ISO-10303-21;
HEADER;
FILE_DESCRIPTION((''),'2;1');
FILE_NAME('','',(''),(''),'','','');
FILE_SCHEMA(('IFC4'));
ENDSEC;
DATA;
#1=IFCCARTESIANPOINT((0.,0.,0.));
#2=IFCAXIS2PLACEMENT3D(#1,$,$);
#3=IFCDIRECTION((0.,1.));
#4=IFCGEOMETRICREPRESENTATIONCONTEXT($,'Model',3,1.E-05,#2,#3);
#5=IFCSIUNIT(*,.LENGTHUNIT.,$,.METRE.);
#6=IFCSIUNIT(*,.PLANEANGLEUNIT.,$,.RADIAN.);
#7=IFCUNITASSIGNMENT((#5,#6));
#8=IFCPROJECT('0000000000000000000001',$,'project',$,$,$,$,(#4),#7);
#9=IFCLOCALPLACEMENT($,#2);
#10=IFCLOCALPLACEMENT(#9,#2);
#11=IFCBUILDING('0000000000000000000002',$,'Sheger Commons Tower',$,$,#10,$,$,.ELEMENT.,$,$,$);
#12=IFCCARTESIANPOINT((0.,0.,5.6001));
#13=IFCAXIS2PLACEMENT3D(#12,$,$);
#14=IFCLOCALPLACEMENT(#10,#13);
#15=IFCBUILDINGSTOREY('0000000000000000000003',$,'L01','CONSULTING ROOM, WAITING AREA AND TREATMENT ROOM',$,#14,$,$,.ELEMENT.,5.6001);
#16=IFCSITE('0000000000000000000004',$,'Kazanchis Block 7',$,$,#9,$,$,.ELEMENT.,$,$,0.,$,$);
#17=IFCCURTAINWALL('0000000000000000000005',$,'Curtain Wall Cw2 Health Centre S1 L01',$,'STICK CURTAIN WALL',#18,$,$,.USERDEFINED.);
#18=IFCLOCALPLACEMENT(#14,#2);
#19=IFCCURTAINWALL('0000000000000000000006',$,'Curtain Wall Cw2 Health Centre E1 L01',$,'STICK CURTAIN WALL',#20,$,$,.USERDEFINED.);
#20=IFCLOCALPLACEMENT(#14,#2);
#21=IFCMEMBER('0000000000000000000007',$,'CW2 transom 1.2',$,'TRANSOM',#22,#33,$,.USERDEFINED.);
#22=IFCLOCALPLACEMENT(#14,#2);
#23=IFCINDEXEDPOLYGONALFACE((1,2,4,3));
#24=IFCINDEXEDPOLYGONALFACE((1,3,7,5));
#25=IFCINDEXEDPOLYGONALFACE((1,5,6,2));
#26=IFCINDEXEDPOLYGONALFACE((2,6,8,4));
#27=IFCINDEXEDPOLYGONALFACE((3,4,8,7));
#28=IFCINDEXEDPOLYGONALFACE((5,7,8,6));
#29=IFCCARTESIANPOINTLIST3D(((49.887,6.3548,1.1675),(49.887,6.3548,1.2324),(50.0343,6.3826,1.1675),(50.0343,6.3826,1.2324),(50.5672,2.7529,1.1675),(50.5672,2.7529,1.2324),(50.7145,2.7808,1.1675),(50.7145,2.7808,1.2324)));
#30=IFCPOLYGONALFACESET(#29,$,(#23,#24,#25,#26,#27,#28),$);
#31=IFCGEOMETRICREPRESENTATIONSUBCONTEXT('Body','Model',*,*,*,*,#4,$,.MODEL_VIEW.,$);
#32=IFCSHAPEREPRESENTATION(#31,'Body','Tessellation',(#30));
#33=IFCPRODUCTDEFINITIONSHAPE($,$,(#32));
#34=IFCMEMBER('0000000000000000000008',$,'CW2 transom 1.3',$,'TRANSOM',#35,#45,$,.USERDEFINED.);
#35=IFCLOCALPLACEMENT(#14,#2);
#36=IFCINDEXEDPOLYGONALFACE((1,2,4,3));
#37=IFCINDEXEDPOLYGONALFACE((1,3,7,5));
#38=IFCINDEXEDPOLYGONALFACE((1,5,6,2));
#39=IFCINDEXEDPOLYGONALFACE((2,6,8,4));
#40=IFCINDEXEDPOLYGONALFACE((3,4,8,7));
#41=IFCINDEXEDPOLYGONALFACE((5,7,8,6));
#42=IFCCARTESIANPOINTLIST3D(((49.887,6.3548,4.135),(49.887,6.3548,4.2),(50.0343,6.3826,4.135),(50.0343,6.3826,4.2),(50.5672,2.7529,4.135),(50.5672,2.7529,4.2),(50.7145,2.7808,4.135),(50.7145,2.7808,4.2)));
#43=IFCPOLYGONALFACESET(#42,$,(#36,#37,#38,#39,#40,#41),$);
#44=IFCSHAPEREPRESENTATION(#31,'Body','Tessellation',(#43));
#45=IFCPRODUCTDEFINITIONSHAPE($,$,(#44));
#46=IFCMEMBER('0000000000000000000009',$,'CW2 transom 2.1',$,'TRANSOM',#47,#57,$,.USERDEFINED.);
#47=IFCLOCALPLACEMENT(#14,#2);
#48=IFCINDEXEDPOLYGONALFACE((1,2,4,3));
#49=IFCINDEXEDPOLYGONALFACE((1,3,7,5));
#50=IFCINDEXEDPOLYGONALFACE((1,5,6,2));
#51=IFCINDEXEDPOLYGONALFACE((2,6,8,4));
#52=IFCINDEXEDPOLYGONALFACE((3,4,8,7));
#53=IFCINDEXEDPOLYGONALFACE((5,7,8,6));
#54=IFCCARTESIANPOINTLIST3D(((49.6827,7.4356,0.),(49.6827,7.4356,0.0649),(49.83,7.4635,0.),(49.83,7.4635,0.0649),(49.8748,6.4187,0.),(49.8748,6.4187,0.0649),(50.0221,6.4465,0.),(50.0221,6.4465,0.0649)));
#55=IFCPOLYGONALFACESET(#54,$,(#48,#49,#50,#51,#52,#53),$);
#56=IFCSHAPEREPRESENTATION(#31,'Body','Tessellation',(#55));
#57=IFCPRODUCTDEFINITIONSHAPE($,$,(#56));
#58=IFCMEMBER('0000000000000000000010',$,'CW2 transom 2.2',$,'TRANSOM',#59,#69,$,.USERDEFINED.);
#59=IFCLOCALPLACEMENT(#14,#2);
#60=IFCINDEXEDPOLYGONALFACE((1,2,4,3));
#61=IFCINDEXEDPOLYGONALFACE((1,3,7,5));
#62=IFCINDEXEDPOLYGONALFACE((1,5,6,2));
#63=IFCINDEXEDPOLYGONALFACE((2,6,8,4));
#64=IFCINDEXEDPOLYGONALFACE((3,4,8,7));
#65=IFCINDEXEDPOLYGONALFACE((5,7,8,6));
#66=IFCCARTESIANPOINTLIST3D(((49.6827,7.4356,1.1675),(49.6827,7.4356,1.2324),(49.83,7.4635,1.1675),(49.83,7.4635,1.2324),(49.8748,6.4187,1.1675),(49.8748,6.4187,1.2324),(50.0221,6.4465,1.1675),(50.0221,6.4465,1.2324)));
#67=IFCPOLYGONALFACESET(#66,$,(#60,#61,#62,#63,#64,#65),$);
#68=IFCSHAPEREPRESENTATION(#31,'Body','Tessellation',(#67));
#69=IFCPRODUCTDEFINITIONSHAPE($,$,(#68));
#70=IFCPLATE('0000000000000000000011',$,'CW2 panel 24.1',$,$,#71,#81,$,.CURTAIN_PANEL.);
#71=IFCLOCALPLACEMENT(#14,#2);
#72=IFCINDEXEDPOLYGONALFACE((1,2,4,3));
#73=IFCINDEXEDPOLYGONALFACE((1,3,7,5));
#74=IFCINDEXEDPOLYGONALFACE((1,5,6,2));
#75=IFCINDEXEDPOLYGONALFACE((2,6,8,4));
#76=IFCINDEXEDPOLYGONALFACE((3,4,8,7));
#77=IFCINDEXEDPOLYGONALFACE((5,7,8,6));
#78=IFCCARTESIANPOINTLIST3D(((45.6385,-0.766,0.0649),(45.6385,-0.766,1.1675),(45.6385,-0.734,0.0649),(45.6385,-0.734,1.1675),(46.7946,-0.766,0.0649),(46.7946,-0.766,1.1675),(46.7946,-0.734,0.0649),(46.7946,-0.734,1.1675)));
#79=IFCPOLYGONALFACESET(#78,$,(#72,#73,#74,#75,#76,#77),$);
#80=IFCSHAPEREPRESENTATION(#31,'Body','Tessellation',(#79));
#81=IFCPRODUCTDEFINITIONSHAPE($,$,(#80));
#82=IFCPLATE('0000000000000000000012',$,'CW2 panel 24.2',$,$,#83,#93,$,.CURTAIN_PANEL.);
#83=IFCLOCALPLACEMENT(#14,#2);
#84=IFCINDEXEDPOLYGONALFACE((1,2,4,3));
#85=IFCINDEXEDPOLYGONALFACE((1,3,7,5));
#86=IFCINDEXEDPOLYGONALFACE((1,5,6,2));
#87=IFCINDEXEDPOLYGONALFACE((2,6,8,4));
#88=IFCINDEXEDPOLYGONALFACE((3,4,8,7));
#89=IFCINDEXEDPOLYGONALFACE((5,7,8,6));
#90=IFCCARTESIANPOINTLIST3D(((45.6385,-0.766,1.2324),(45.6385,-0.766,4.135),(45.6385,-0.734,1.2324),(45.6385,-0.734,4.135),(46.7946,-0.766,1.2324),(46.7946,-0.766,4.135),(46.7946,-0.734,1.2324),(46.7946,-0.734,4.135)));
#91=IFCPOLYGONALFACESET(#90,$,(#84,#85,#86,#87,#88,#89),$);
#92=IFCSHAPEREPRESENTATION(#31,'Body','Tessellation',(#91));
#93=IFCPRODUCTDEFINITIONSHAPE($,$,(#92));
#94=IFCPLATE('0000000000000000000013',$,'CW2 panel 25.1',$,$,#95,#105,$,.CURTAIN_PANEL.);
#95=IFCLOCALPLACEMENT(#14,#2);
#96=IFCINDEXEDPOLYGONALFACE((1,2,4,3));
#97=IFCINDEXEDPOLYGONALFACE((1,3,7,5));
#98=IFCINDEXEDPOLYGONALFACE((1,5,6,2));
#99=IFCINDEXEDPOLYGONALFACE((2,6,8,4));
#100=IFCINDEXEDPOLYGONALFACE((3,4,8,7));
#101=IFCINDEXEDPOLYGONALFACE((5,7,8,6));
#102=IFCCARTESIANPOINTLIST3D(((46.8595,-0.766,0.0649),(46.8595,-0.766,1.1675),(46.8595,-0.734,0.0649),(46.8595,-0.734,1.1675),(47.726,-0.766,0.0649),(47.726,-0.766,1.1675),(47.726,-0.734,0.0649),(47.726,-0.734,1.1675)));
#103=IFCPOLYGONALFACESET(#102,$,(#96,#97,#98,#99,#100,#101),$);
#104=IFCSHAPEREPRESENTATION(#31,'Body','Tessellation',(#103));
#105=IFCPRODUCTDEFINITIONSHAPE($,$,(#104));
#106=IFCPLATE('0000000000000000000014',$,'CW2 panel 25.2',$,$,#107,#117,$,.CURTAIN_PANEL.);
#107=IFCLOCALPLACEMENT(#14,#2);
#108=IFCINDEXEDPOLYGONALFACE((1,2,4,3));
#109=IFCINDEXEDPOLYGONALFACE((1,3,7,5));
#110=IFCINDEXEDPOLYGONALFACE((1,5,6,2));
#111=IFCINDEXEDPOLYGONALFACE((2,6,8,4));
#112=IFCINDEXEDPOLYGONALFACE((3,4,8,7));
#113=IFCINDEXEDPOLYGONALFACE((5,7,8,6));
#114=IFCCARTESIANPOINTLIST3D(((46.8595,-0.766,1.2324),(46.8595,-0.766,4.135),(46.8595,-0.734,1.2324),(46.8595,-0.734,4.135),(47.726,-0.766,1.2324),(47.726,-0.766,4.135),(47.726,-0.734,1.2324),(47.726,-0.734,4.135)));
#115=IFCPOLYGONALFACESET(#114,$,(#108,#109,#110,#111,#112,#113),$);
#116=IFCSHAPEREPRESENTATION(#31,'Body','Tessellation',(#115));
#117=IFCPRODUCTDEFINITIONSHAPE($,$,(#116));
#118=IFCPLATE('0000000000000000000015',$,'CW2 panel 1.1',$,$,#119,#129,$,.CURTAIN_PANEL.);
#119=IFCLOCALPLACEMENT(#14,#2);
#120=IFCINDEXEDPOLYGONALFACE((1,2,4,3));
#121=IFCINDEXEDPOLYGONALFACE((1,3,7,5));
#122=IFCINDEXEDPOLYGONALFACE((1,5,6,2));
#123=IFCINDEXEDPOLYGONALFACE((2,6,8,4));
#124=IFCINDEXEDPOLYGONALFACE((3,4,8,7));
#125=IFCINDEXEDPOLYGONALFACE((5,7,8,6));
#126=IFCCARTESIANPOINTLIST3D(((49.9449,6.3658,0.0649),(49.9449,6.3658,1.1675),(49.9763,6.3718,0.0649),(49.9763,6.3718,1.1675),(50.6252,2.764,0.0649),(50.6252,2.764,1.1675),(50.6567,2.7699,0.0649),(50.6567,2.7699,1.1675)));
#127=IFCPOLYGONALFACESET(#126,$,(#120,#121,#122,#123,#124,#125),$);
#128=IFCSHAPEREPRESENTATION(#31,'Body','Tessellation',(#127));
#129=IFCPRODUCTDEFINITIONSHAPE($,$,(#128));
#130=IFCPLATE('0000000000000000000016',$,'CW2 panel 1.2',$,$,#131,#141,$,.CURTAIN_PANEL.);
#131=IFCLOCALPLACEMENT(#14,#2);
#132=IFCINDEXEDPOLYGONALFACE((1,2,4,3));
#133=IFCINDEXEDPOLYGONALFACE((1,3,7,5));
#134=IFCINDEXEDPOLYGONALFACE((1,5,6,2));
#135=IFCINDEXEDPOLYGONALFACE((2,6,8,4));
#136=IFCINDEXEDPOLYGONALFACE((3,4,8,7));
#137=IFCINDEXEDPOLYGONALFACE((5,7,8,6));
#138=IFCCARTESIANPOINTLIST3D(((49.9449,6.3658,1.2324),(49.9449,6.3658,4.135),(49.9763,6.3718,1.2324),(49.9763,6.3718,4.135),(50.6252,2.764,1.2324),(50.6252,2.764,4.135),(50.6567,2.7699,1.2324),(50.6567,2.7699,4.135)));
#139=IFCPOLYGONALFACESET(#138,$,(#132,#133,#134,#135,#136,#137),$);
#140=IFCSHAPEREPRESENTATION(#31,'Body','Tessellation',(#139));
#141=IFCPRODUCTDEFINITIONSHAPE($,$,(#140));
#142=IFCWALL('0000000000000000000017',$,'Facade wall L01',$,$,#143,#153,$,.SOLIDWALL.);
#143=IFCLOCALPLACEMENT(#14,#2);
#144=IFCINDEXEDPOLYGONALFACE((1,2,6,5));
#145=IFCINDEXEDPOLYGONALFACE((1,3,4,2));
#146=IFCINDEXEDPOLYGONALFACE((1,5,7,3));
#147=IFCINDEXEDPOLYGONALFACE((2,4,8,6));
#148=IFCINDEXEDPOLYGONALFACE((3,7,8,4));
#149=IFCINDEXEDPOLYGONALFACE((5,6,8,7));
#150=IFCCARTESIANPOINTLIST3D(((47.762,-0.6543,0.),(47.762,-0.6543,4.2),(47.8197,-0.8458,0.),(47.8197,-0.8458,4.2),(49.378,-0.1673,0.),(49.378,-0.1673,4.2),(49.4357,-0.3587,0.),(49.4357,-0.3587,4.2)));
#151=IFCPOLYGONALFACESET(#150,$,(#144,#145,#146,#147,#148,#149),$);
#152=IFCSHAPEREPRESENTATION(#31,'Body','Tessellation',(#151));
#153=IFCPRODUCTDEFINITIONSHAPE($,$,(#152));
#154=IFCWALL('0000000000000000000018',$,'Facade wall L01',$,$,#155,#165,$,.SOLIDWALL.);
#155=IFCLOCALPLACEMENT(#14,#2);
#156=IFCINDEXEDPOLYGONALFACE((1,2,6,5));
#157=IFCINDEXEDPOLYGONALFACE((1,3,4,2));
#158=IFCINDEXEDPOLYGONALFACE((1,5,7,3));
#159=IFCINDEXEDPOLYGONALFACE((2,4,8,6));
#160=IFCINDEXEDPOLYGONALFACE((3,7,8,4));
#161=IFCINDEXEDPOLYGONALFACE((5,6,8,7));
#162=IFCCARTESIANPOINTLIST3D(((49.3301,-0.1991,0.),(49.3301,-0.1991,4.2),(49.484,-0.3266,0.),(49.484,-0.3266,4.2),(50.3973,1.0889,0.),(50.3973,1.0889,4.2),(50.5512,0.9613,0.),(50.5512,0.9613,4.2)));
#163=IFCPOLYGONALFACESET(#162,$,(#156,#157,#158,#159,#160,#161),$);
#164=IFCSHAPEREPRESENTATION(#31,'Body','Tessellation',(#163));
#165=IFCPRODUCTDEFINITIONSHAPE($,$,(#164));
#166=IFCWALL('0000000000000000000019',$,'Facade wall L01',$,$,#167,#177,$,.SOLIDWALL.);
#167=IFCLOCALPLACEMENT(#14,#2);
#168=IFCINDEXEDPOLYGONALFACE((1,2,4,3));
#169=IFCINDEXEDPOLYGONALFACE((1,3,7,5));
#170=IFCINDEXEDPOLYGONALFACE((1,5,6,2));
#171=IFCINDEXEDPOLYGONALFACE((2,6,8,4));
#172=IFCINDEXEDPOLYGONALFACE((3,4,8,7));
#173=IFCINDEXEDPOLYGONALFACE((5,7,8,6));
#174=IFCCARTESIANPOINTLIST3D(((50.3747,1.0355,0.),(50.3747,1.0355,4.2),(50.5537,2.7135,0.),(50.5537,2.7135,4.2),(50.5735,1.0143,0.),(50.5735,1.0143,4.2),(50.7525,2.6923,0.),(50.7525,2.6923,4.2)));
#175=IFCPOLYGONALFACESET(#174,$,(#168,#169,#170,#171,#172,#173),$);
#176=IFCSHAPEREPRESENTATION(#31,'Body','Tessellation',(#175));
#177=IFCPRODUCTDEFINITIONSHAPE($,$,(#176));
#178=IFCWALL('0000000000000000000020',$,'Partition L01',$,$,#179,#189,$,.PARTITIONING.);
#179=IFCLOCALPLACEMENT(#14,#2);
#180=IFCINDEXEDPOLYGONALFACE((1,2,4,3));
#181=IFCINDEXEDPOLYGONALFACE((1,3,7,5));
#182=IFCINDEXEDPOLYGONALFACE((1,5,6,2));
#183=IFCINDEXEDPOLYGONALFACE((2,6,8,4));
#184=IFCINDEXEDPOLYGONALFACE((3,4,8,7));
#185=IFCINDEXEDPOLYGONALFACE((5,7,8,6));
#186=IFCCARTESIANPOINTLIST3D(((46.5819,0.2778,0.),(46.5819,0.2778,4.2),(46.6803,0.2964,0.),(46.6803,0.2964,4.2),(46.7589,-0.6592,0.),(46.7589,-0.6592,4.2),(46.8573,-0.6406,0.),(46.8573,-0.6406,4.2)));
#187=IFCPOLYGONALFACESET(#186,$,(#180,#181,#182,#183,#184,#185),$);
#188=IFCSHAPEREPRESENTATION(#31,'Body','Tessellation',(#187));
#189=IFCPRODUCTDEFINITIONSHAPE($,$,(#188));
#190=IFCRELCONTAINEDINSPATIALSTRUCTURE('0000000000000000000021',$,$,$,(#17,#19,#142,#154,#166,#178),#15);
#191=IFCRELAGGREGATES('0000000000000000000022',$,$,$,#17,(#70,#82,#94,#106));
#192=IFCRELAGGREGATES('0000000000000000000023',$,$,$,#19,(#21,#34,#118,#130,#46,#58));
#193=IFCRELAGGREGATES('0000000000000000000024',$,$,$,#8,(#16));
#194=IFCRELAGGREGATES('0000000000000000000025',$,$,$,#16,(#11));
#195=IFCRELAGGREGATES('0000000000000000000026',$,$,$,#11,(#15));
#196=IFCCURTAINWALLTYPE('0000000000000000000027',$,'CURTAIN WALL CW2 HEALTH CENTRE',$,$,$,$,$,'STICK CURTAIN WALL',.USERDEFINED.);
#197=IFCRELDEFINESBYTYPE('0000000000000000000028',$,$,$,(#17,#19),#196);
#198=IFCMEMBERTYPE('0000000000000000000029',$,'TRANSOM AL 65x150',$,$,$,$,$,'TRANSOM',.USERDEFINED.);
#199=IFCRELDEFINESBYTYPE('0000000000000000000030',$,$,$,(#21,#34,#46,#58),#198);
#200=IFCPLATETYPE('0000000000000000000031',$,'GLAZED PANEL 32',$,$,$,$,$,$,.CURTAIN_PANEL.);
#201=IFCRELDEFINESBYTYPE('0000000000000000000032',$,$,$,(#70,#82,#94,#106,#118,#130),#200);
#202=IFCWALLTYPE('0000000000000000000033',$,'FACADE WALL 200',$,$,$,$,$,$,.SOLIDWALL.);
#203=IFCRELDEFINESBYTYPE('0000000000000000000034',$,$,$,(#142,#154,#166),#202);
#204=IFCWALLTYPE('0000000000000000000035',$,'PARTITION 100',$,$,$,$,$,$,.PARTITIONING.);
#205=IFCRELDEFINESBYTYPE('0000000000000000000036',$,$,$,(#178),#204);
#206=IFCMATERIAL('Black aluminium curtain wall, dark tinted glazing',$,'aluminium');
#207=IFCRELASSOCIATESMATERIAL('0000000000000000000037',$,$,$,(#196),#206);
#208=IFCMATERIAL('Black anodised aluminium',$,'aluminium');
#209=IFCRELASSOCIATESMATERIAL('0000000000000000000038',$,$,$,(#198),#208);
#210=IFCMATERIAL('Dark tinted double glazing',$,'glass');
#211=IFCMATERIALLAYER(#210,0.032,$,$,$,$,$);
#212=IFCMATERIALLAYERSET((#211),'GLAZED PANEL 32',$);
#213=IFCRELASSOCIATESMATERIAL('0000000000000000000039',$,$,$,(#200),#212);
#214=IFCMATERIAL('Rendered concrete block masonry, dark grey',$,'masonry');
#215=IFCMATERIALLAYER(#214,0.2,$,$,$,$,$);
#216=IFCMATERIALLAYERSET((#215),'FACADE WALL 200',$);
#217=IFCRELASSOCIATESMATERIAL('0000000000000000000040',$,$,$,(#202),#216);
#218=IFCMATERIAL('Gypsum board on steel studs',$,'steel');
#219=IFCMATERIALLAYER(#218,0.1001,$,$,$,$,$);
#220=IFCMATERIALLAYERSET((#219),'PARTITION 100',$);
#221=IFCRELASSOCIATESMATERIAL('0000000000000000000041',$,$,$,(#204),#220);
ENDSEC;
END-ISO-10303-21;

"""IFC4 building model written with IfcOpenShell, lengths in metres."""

from ifc_helpers import new_model, si_unit, direction, frame, frame_2d, origin, origin_2d, place, context, subcontext, project, spatial, rectangle, extrude, material, layer, layer_set, material_profile, profile_set, type_object, element, aggregate, save


model = new_model("IFC4")

# Units and contexts
model_context = context("Model", 3, precision=1e-05, world=origin(), true_north=direction((0.0, 1.0)))
body_context = subcontext(model_context, "Body", "Model", "MODEL_VIEW")
ifc_project = project(units=[si_unit("LENGTHUNIT", "METRE"), si_unit("PLANEANGLEUNIT", "RADIAN")], contexts=[model_context])

# Site, building, storey
site_placement = place(None, origin())
site = spatial("IfcSite", under=ifc_project, at=site_placement, Name="Kazanchis Block 7", CompositionType="ELEMENT", RefElevation=0.0)
building_placement = place(site_placement, origin())
building = spatial("IfcBuilding", under=site, at=building_placement, Name="Sheger Commons Tower", CompositionType="ELEMENT")
storey_placement = place(building_placement, frame((0.0, 0.0, 5.6001)))
storey = spatial("IfcBuildingStorey", under=building, at=storey_placement, Name="L01", Description="CONSULTING ROOM, WAITING AREA AND TREATMENT ROOM", CompositionType="ELEMENT", Elevation=5.6001)

# Curtain walls
ifc_material_1 = material(Name="Black aluminium curtain wall, dark tinted glazing", Category="aluminium")
curtain_wall_type = type_object("IfcCurtainWallType", Name="CURTAIN WALL CW2 HEALTH CENTRE", ElementType="STICK CURTAIN WALL", PredefinedType="USERDEFINED", material=ifc_material_1)
curtain_wall_1_placement = place(storey_placement, origin())
curtain_wall_1 = element("IfcCurtainWall", 1, at=curtain_wall_1_placement, inside=storey, type_object=curtain_wall_type, Name="Curtain Wall Cw2 Health Centre S1 L01", ObjectType="STICK CURTAIN WALL", PredefinedType="USERDEFINED")
curtain_wall_2_placement = place(storey_placement, origin())
curtain_wall_2 = element("IfcCurtainWall", 2, at=curtain_wall_2_placement, inside=storey, type_object=curtain_wall_type, Name="Curtain Wall Cw2 Health Centre E1 L01", ObjectType="STICK CURTAIN WALL", PredefinedType="USERDEFINED")

# Members
ifc_material_2 = material(Name="Black anodised aluminium", Category="aluminium")
ifc_material_profile_1 = material_profile(ifc_material_2, rectangle(XDim=0.1499, YDim=0.0649, at=origin_2d()), Name="AL 65x150")
ifc_profile_set_1 = profile_set([ifc_material_profile_1], Name="Black anodised aluminium")
member_type_1 = type_object("IfcMemberType", Name="TRANSOM AL 65x150", ElementType="TRANSOM", PredefinedType="USERDEFINED", material=ifc_profile_set_1)
member_1_placement = place(storey_placement, frame((50.6409, 2.7668, 1.2), z_axis=(-0.185563, 0.982632, 0.0), x_axis=(-0.982632, -0.185563, 0.0)))
member_1 = element("IfcMember", 3, at=member_1_placement, type_object=member_type_1, Name="CW2 transom 1.2", ObjectType="TRANSOM", PredefinedType="USERDEFINED", context=body_context, shape_type="SweptSolid", body=[
    extrude(rectangle(XDim=0.1499, YDim=0.0649, at=origin_2d()), origin(), (0.0, 0.0, 1.0), 3.6655),
])
member_2_placement = place(storey_placement, frame((50.6409, 2.7668, 4.1675), z_axis=(-0.185563, 0.982632, 0.0), x_axis=(-0.982632, -0.185563, 0.0)))
member_2 = element("IfcMember", 4, at=member_2_placement, type_object=member_type_1, Name="CW2 transom 1.3", ObjectType="TRANSOM", PredefinedType="USERDEFINED", context=body_context, shape_type="SweptSolid", body=[
    extrude(rectangle(XDim=0.1499, YDim=0.0649, at=origin_2d()), origin(), (0.0, 0.0, 1.0), 3.6655),
])
member_3_placement = place(storey_placement, frame((49.9485, 6.4326, 0.0325), z_axis=(-0.18567, 0.982612, 0.0), x_axis=(-0.982612, -0.18567, 0.0)))
member_3 = element("IfcMember", 5, at=member_3_placement, type_object=member_type_1, Name="CW2 transom 2.1", ObjectType="TRANSOM", PredefinedType="USERDEFINED", context=body_context, shape_type="SweptSolid", body=[
    extrude(rectangle(XDim=0.1499, YDim=0.0649, at=origin_2d()), origin(), (0.0, 0.0, 1.0), 1.0349),
])
member_4_placement = place(storey_placement, frame((49.9485, 6.4326, 1.2), z_axis=(-0.18567, 0.982612, 0.0), x_axis=(-0.982612, -0.18567, 0.0)))
member_4 = element("IfcMember", 6, at=member_4_placement, type_object=member_type_1, Name="CW2 transom 2.2", ObjectType="TRANSOM", PredefinedType="USERDEFINED", context=body_context, shape_type="SweptSolid", body=[
    extrude(rectangle(XDim=0.1499, YDim=0.0649, at=origin_2d()), origin(), (0.0, 0.0, 1.0), 1.0349),
])

# Plates
ifc_material_3 = material(Name="Dark tinted double glazing", Category="glass")
ifc_layer_1 = layer(ifc_material_3, 0.032)
ifc_layer_set_1 = layer_set([ifc_layer_1], Name="GLAZED PANEL 32")
plate_type = type_object("IfcPlateType", Name="GLAZED PANEL 32", PredefinedType="CURTAIN_PANEL", material=ifc_layer_set_1)
plate_1_placement = place(storey_placement, frame((46.2166, -0.75, 0.0649), z_axis=(0.0, 0.0, 1.0), x_axis=(1.0, 0.0, 0.0)))
plate_1 = element("IfcPlate", 7, at=plate_1_placement, type_object=plate_type, Name="CW2 panel 24.1", PredefinedType="CURTAIN_PANEL", context=body_context, shape_type="SweptSolid", body=[
    extrude(rectangle(XDim=1.156, YDim=0.032, at=origin_2d()), origin(), (0.0, 0.0, 1.0), 1.1025),
])
plate_2_placement = place(storey_placement, frame((46.2166, -0.75, 1.2324), z_axis=(0.0, 0.0, 1.0), x_axis=(1.0, 0.0, 0.0)))
plate_2 = element("IfcPlate", 8, at=plate_2_placement, type_object=plate_type, Name="CW2 panel 24.2", PredefinedType="CURTAIN_PANEL", context=body_context, shape_type="SweptSolid", body=[
    extrude(rectangle(XDim=1.156, YDim=0.032, at=origin_2d()), origin(), (0.0, 0.0, 1.0), 2.9026),
])
plate_3_placement = place(storey_placement, frame((47.2927, -0.75, 0.0649), z_axis=(0.0, 0.0, 1.0), x_axis=(1.0, 0.0, 0.0)))
plate_3 = element("IfcPlate", 9, at=plate_3_placement, type_object=plate_type, Name="CW2 panel 25.1", PredefinedType="CURTAIN_PANEL", context=body_context, shape_type="SweptSolid", body=[
    extrude(rectangle(XDim=0.8665, YDim=0.032, at=origin_2d()), origin(), (0.0, 0.0, 1.0), 1.1025),
])
plate_4_placement = place(storey_placement, frame((47.2927, -0.75, 1.2324), z_axis=(0.0, 0.0, 1.0), x_axis=(1.0, 0.0, 0.0)))
plate_4 = element("IfcPlate", 10, at=plate_4_placement, type_object=plate_type, Name="CW2 panel 25.2", PredefinedType="CURTAIN_PANEL", context=body_context, shape_type="SweptSolid", body=[
    extrude(rectangle(XDim=0.8665, YDim=0.032, at=origin_2d()), origin(), (0.0, 0.0, 1.0), 2.9026),
])
aggregate(curtain_wall_1, [plate_1, plate_2, plate_3, plate_4])
plate_5_placement = place(storey_placement, frame((50.3008, 4.5679, 0.0649), z_axis=(0.0, 0.0, 1.0), x_axis=(-0.18561, 0.982624, 0.0)))
plate_5 = element("IfcPlate", 11, at=plate_5_placement, type_object=plate_type, Name="CW2 panel 1.1", PredefinedType="CURTAIN_PANEL", context=body_context, shape_type="SweptSolid", body=[
    extrude(rectangle(XDim=3.6655, YDim=0.032, at=origin_2d()), origin(), (0.0, 0.0, 1.0), 1.1025),
])
plate_6_placement = place(storey_placement, frame((50.3008, 4.5679, 1.2324), z_axis=(0.0, 0.0, 1.0), x_axis=(-0.18561, 0.982624, 0.0)))
plate_6 = element("IfcPlate", 12, at=plate_6_placement, type_object=plate_type, Name="CW2 panel 1.2", PredefinedType="CURTAIN_PANEL", context=body_context, shape_type="SweptSolid", body=[
    extrude(rectangle(XDim=3.6655, YDim=0.032, at=origin_2d()), origin(), (0.0, 0.0, 1.0), 2.9026),
])
aggregate(curtain_wall_2, [member_1, member_2, plate_5, plate_6, member_3, member_4])

# Walls
ifc_material_4 = material(Name="Rendered concrete block masonry, dark grey", Category="masonry")
ifc_layer_2 = layer(ifc_material_4, 0.2)
ifc_layer_set_2 = layer_set([ifc_layer_2], Name="FACADE WALL 200")
wall_type_1 = type_object("IfcWallType", Name="FACADE WALL 200", PredefinedType="SOLIDWALL", material=ifc_layer_set_2)
wall_1_placement = place(storey_placement, frame((47.791, -0.75, 0.0), z_axis=(0.0, 0.0, 1.0), x_axis=(0.957455, 0.288582, 0.0)))
element("IfcWall", 13, at=wall_1_placement, inside=storey, type_object=wall_type_1, Name="Facade wall L01", PredefinedType="SOLIDWALL", context=body_context, shape_type="SweptSolid", body=[
    extrude(rectangle(XDim=1.6877, YDim=0.2, at=frame_2d((0.8438, 0.0))), origin(), (0.0, 0.0, 1.0), 4.2),
])
wall_2_placement = place(storey_placement, frame((49.407, -0.2629, 0.0), z_axis=(0.0, 0.0, 1.0), x_axis=(0.638043, 0.770001, 0.0)))
element("IfcWall", 14, at=wall_2_placement, inside=storey, type_object=wall_type_1, Name="Facade wall L01", PredefinedType="SOLIDWALL", context=body_context, shape_type="SweptSolid", body=[
    extrude(rectangle(XDim=1.6726, YDim=0.2, at=frame_2d((0.8364, 0.0))), origin(), (0.0, 0.0, 1.0), 4.2),
])
wall_3_placement = place(storey_placement, frame((50.4741, 1.0249, 0.0), z_axis=(0.0, 0.0, 1.0), x_axis=(0.106048, 0.994361, 0.0)))
element("IfcWall", 15, at=wall_3_placement, inside=storey, type_object=wall_type_1, Name="Facade wall L01", PredefinedType="SOLIDWALL", context=body_context, shape_type="SweptSolid", body=[
    extrude(rectangle(XDim=1.6875, YDim=0.2, at=frame_2d((0.8438, 0.0))), origin(), (0.0, 0.0, 1.0), 4.2),
])
ifc_material_5 = material(Name="Gypsum board on steel studs", Category="steel")
ifc_layer_3 = layer(ifc_material_5, 0.1001)
ifc_layer_set_3 = layer_set([ifc_layer_3], Name="PARTITION 100")
wall_type_2 = type_object("IfcWallType", Name="PARTITION 100", PredefinedType="PARTITIONING", material=ifc_layer_set_3)
wall_4_placement = place(storey_placement, frame((46.6311, 0.2871, 0.0), z_axis=(0.0, 0.0, 1.0), x_axis=(0.185618, -0.982622, 0.0)))
element("IfcWall", 16, at=wall_4_placement, inside=storey, type_object=wall_type_2, Name="Partition L01", PredefinedType="PARTITIONING", context=body_context, shape_type="SweptSolid", body=[
    extrude(rectangle(XDim=0.9536, YDim=0.1001, at=frame_2d((0.4768, 0.0))), origin(), (0.0, 0.0, 1.0), 4.2),
])

save(model, "model.ifc")
